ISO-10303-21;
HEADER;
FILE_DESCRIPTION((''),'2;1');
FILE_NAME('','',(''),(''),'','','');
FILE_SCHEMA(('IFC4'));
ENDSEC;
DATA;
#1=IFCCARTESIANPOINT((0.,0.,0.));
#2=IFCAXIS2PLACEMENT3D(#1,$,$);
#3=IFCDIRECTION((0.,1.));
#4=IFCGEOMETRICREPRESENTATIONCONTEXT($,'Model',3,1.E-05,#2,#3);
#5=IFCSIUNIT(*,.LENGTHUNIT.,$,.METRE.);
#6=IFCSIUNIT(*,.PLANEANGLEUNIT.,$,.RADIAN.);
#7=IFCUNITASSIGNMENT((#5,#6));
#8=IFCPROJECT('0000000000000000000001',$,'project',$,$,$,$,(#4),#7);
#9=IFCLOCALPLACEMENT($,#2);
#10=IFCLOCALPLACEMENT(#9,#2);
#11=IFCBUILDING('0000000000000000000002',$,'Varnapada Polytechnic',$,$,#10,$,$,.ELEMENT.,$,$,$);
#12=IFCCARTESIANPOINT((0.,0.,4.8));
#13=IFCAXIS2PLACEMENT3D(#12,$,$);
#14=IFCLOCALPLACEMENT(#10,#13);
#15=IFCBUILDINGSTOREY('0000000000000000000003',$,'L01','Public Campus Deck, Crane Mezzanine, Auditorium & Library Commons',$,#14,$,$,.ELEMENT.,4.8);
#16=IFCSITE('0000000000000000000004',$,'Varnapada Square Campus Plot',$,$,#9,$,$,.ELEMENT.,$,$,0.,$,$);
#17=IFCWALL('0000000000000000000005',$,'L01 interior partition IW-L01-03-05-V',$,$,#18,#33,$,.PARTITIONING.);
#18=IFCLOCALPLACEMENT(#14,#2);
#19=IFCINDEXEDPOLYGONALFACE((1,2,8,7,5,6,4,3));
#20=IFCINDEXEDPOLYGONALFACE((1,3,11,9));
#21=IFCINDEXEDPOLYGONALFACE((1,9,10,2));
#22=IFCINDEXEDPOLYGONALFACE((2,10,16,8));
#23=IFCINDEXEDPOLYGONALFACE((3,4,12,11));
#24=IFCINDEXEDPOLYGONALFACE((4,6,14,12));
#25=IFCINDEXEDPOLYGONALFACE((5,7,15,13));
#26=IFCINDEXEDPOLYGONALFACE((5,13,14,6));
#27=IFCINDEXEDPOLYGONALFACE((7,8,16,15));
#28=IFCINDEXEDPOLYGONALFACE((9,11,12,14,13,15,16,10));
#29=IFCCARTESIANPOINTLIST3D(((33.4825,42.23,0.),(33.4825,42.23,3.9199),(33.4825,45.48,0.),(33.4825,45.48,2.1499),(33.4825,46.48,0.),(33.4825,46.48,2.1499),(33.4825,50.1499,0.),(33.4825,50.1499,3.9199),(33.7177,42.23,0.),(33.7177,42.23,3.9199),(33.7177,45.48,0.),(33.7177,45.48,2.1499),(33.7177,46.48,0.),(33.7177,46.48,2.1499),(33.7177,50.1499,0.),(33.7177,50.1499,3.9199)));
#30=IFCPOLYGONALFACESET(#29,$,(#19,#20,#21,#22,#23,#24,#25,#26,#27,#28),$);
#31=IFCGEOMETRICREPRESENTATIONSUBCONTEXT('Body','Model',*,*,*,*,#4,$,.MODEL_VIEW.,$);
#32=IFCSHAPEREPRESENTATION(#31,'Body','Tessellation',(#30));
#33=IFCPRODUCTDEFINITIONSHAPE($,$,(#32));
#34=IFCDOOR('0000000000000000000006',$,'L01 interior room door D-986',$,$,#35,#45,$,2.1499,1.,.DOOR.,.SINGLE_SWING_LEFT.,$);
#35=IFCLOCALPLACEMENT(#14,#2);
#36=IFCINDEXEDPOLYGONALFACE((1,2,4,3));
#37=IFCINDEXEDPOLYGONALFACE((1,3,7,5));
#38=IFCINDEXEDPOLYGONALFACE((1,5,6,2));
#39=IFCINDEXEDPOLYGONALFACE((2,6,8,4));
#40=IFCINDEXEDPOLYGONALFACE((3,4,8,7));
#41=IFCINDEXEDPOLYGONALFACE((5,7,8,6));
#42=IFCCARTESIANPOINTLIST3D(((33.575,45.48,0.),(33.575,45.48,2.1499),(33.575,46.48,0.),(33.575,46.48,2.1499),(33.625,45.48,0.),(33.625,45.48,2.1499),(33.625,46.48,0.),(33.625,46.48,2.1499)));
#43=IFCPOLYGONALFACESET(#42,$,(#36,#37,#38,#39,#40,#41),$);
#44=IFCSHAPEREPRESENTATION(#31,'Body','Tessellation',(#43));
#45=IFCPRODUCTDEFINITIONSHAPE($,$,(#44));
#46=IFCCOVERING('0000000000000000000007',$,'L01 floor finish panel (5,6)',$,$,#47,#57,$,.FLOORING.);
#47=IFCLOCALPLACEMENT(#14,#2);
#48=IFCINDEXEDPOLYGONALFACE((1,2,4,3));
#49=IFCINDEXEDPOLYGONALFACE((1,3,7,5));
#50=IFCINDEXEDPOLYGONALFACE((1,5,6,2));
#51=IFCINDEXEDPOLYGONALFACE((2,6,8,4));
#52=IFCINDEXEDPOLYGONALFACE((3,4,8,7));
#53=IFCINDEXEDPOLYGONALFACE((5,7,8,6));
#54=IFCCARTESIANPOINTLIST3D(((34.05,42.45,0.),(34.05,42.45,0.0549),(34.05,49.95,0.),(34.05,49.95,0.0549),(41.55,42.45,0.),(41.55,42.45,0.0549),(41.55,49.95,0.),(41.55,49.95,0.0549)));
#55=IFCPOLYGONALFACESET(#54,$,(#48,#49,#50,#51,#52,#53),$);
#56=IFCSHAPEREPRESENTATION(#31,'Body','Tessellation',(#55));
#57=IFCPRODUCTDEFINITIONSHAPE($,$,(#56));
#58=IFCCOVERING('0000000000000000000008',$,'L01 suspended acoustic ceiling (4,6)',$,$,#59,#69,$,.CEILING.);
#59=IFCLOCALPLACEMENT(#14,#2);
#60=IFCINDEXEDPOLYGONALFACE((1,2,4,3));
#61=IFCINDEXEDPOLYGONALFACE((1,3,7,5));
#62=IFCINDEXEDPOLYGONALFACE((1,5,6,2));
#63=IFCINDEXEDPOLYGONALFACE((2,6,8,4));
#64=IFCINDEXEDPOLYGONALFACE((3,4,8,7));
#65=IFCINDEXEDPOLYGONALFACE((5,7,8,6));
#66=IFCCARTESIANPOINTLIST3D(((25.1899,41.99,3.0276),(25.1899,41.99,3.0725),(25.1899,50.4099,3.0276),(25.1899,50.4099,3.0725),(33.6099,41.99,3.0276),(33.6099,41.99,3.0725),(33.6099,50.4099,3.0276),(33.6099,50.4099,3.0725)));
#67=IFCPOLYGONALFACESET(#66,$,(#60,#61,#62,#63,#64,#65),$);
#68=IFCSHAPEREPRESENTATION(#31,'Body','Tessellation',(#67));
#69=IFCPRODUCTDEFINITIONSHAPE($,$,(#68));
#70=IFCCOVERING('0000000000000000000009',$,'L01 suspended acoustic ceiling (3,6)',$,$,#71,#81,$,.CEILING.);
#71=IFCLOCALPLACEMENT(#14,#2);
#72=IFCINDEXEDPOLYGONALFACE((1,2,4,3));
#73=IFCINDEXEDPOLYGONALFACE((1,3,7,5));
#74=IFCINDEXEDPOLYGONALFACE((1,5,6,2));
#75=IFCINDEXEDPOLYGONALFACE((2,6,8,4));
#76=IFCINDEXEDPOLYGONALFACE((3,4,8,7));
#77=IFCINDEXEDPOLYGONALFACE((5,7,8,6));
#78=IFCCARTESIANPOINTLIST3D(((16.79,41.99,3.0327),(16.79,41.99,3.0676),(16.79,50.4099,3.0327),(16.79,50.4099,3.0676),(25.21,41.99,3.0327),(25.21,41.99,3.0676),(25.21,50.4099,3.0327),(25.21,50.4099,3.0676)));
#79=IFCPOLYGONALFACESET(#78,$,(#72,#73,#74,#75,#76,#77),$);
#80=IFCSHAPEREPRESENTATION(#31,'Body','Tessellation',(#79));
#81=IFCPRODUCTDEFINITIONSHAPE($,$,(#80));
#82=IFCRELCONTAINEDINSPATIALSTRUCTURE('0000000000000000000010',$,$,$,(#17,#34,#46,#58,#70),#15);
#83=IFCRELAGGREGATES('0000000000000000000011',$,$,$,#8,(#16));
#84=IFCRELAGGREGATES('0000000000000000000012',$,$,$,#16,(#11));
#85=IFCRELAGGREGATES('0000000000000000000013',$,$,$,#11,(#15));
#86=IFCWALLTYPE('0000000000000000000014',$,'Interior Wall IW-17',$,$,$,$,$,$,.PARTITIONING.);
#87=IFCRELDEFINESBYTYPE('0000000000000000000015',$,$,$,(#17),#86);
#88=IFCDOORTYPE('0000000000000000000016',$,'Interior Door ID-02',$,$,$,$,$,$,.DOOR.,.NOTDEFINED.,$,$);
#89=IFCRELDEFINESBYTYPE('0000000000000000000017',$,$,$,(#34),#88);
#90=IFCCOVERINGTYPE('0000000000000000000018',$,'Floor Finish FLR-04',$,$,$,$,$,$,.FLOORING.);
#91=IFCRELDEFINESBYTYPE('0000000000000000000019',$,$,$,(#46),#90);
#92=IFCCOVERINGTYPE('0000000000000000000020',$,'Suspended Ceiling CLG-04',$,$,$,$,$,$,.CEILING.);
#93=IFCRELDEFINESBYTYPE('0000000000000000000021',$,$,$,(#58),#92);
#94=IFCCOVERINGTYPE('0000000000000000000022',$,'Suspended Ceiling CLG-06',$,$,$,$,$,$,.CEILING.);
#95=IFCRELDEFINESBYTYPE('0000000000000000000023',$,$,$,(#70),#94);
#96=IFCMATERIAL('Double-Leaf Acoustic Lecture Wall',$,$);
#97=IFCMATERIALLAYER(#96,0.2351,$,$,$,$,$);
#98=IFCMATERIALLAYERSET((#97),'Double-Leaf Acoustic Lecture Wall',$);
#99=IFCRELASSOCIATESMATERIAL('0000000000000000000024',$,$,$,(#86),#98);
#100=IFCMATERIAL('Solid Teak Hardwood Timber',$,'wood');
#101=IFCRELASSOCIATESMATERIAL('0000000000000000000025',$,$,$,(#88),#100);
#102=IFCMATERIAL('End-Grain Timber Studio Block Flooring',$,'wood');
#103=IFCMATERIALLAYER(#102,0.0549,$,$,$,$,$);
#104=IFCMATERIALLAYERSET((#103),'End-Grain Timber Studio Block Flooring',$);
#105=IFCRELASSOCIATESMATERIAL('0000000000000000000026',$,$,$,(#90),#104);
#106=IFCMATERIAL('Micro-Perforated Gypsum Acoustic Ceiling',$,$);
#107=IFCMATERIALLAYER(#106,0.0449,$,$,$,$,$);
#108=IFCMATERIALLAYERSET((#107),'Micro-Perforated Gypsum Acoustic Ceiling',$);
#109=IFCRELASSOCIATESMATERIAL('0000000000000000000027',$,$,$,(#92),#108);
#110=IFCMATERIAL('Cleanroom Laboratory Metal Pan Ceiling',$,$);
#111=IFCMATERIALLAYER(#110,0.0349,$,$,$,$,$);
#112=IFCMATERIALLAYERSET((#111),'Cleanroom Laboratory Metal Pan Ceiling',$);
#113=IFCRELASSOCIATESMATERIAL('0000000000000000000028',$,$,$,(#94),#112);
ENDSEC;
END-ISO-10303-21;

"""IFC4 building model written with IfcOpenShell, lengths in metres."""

from ifc_helpers import new_model, si_unit, direction, frame, frame_2d, origin, origin_2d, place, context, subcontext, project, spatial, rectangle, extrude, material, layer, layer_set, type_object, element, fill, save


model = new_model("IFC4")

# Units and contexts
model_context = context("Model", 3, precision=1e-05, world=origin(), true_north=direction((0.0, 1.0)))
body_context = subcontext(model_context, "Body", "Model", "MODEL_VIEW")
ifc_project = project(units=[si_unit("LENGTHUNIT", "METRE"), si_unit("PLANEANGLEUNIT", "RADIAN")], contexts=[model_context])

# Site, building, storey
site_placement = place(None, origin())
site = spatial("IfcSite", under=ifc_project, at=site_placement, Name="Varnapada Square Campus Plot", CompositionType="ELEMENT", RefElevation=0.0)
building_placement = place(site_placement, origin())
building = spatial("IfcBuilding", under=site, at=building_placement, Name="Varnapada Polytechnic", CompositionType="ELEMENT")
storey_placement = place(building_placement, frame((0.0, 0.0, 4.8)))
storey = spatial("IfcBuildingStorey", under=building, at=storey_placement, Name="L01", Description="Public Campus Deck, Crane Mezzanine, Auditorium & Library Commons", CompositionType="ELEMENT", Elevation=4.8)

# Wall, opening, door
ifc_material_1 = material(Name="Double-Leaf Acoustic Lecture Wall")
ifc_layer_1 = layer(ifc_material_1, 0.2351)
ifc_layer_set_1 = layer_set([ifc_layer_1], Name="Double-Leaf Acoustic Lecture Wall")
wall_type_1 = type_object("IfcWallType", Name="Interior Wall IW-17", PredefinedType="PARTITIONING", material=ifc_layer_set_1)
ifc_material_2 = material(Name="Solid Teak Hardwood Timber", Category="wood")
wall_1_placement = place(storey_placement, frame((33.6001, 42.23, 0.0), z_axis=(0.0, 0.0, 1.0), x_axis=(0.0, 1.0, 0.0)))
wall_1 = element("IfcWall", 1, at=wall_1_placement, inside=storey, type_object=wall_type_1, Name="L01 interior partition IW-L01-03-05-V", PredefinedType="PARTITIONING", context=body_context, shape_type="SweptSolid", body=[
    extrude(rectangle(XDim=7.9199, YDim=0.2351, at=frame_2d((3.96, 0.0))), origin(), (0.0, 0.0, 1.0), 3.9199),
])
opening_1_placement = place(wall_1_placement, frame((3.25, 0.0, 0.0)))
opening_1 = element("IfcOpeningElement", 2, at=opening_1_placement, cuts=wall_1, PredefinedType="OPENING", context=body_context, shape_type="SweptSolid", body=[
    extrude(rectangle(XDim=1.0, YDim=2.1499, at=frame_2d((0.5, 1.075))), frame((0.0, 0.1274, 0.0), z_axis=(0.0, -1.0, 0.0), x_axis=(1.0, 0.0, 0.0)), (0.0, 0.0, 1.0), 0.2551),
])
door_type_1 = type_object("IfcDoorType", Name="Interior Door ID-02", OperationType="NOTDEFINED", PredefinedType="DOOR", material=ifc_material_2)
door_1_placement = place(opening_1_placement, frame((1.0, 0.0, 0.0), z_axis=(0.0, 0.0, 1.0), x_axis=(-1.0, 0.0, 0.0)))
door_1 = element("IfcDoor", 3, at=door_1_placement, inside=storey, type_object=door_type_1, Name="L01 interior room door D-986", OperationType="SINGLE_SWING_LEFT", OverallHeight=2.1499, OverallWidth=1.0, PredefinedType="DOOR", context=body_context, shape_type="SweptSolid", body=[
    extrude(rectangle(XDim=1.0, YDim=2.1499, at=frame_2d((0.5, 1.075))), frame((0.0, 0.0249, 0.0), z_axis=(0.0, -1.0, 0.0), x_axis=(1.0, 0.0, 0.0)), (0.0, 0.0, 1.0), 0.05),
])
fill(opening_1, door_1)

# Coverings
ifc_material_3 = material(Name="End-Grain Timber Studio Block Flooring", Category="wood")
ifc_layer_2 = layer(ifc_material_3, 0.0549)
ifc_layer_set_2 = layer_set([ifc_layer_2], Name="End-Grain Timber Studio Block Flooring")
covering_type_1 = type_object("IfcCoveringType", Name="Floor Finish FLR-04", PredefinedType="FLOORING", material=ifc_layer_set_2)
covering_1_placement = place(storey_placement, frame((37.8, 46.2, 0.0), z_axis=(0.0, 0.0, 1.0), x_axis=(1.0, 0.0, 0.0)))
element("IfcCovering", 4, at=covering_1_placement, inside=storey, type_object=covering_type_1, Name="L01 floor finish panel (5,6)", PredefinedType="FLOORING", context=body_context, shape_type="SweptSolid", body=[
    extrude(rectangle(XDim=7.5, YDim=7.5, at=origin_2d()), origin(), (0.0, 0.0, 1.0), 0.0549),
])
ifc_material_4 = material(Name="Micro-Perforated Gypsum Acoustic Ceiling")
ifc_layer_3 = layer(ifc_material_4, 0.0449)
ifc_layer_set_3 = layer_set([ifc_layer_3], Name="Micro-Perforated Gypsum Acoustic Ceiling")
covering_type_2 = type_object("IfcCoveringType", Name="Suspended Ceiling CLG-04", PredefinedType="CEILING", material=ifc_layer_set_3)
covering_2_placement = place(storey_placement, frame((29.3999, 46.2, 3.0276), z_axis=(0.0, 0.0, 1.0), x_axis=(1.0, 0.0, 0.0)))
element("IfcCovering", 5, at=covering_2_placement, inside=storey, type_object=covering_type_2, Name="L01 suspended acoustic ceiling (4,6)", PredefinedType="CEILING", context=body_context, shape_type="SweptSolid", body=[
    extrude(rectangle(XDim=8.4199, YDim=8.4199, at=origin_2d()), origin(), (0.0, 0.0, 1.0), 0.0449),
])
ifc_material_5 = material(Name="Cleanroom Laboratory Metal Pan Ceiling")
ifc_layer_4 = layer(ifc_material_5, 0.0349)
ifc_layer_set_4 = layer_set([ifc_layer_4], Name="Cleanroom Laboratory Metal Pan Ceiling")
covering_type_3 = type_object("IfcCoveringType", Name="Suspended Ceiling CLG-06", PredefinedType="CEILING", material=ifc_layer_set_4)
covering_3_placement = place(storey_placement, frame((21.0, 46.2, 3.0327), z_axis=(0.0, 0.0, 1.0), x_axis=(1.0, 0.0, 0.0)))
element("IfcCovering", 6, at=covering_3_placement, inside=storey, type_object=covering_type_3, Name="L01 suspended acoustic ceiling (3,6)", PredefinedType="CEILING", context=body_context, shape_type="SweptSolid", body=[
    extrude(rectangle(XDim=8.4199, YDim=8.4199, at=origin_2d()), origin(), (0.0, 0.0, 1.0), 0.0349),
])

save(model, "model.ifc")
